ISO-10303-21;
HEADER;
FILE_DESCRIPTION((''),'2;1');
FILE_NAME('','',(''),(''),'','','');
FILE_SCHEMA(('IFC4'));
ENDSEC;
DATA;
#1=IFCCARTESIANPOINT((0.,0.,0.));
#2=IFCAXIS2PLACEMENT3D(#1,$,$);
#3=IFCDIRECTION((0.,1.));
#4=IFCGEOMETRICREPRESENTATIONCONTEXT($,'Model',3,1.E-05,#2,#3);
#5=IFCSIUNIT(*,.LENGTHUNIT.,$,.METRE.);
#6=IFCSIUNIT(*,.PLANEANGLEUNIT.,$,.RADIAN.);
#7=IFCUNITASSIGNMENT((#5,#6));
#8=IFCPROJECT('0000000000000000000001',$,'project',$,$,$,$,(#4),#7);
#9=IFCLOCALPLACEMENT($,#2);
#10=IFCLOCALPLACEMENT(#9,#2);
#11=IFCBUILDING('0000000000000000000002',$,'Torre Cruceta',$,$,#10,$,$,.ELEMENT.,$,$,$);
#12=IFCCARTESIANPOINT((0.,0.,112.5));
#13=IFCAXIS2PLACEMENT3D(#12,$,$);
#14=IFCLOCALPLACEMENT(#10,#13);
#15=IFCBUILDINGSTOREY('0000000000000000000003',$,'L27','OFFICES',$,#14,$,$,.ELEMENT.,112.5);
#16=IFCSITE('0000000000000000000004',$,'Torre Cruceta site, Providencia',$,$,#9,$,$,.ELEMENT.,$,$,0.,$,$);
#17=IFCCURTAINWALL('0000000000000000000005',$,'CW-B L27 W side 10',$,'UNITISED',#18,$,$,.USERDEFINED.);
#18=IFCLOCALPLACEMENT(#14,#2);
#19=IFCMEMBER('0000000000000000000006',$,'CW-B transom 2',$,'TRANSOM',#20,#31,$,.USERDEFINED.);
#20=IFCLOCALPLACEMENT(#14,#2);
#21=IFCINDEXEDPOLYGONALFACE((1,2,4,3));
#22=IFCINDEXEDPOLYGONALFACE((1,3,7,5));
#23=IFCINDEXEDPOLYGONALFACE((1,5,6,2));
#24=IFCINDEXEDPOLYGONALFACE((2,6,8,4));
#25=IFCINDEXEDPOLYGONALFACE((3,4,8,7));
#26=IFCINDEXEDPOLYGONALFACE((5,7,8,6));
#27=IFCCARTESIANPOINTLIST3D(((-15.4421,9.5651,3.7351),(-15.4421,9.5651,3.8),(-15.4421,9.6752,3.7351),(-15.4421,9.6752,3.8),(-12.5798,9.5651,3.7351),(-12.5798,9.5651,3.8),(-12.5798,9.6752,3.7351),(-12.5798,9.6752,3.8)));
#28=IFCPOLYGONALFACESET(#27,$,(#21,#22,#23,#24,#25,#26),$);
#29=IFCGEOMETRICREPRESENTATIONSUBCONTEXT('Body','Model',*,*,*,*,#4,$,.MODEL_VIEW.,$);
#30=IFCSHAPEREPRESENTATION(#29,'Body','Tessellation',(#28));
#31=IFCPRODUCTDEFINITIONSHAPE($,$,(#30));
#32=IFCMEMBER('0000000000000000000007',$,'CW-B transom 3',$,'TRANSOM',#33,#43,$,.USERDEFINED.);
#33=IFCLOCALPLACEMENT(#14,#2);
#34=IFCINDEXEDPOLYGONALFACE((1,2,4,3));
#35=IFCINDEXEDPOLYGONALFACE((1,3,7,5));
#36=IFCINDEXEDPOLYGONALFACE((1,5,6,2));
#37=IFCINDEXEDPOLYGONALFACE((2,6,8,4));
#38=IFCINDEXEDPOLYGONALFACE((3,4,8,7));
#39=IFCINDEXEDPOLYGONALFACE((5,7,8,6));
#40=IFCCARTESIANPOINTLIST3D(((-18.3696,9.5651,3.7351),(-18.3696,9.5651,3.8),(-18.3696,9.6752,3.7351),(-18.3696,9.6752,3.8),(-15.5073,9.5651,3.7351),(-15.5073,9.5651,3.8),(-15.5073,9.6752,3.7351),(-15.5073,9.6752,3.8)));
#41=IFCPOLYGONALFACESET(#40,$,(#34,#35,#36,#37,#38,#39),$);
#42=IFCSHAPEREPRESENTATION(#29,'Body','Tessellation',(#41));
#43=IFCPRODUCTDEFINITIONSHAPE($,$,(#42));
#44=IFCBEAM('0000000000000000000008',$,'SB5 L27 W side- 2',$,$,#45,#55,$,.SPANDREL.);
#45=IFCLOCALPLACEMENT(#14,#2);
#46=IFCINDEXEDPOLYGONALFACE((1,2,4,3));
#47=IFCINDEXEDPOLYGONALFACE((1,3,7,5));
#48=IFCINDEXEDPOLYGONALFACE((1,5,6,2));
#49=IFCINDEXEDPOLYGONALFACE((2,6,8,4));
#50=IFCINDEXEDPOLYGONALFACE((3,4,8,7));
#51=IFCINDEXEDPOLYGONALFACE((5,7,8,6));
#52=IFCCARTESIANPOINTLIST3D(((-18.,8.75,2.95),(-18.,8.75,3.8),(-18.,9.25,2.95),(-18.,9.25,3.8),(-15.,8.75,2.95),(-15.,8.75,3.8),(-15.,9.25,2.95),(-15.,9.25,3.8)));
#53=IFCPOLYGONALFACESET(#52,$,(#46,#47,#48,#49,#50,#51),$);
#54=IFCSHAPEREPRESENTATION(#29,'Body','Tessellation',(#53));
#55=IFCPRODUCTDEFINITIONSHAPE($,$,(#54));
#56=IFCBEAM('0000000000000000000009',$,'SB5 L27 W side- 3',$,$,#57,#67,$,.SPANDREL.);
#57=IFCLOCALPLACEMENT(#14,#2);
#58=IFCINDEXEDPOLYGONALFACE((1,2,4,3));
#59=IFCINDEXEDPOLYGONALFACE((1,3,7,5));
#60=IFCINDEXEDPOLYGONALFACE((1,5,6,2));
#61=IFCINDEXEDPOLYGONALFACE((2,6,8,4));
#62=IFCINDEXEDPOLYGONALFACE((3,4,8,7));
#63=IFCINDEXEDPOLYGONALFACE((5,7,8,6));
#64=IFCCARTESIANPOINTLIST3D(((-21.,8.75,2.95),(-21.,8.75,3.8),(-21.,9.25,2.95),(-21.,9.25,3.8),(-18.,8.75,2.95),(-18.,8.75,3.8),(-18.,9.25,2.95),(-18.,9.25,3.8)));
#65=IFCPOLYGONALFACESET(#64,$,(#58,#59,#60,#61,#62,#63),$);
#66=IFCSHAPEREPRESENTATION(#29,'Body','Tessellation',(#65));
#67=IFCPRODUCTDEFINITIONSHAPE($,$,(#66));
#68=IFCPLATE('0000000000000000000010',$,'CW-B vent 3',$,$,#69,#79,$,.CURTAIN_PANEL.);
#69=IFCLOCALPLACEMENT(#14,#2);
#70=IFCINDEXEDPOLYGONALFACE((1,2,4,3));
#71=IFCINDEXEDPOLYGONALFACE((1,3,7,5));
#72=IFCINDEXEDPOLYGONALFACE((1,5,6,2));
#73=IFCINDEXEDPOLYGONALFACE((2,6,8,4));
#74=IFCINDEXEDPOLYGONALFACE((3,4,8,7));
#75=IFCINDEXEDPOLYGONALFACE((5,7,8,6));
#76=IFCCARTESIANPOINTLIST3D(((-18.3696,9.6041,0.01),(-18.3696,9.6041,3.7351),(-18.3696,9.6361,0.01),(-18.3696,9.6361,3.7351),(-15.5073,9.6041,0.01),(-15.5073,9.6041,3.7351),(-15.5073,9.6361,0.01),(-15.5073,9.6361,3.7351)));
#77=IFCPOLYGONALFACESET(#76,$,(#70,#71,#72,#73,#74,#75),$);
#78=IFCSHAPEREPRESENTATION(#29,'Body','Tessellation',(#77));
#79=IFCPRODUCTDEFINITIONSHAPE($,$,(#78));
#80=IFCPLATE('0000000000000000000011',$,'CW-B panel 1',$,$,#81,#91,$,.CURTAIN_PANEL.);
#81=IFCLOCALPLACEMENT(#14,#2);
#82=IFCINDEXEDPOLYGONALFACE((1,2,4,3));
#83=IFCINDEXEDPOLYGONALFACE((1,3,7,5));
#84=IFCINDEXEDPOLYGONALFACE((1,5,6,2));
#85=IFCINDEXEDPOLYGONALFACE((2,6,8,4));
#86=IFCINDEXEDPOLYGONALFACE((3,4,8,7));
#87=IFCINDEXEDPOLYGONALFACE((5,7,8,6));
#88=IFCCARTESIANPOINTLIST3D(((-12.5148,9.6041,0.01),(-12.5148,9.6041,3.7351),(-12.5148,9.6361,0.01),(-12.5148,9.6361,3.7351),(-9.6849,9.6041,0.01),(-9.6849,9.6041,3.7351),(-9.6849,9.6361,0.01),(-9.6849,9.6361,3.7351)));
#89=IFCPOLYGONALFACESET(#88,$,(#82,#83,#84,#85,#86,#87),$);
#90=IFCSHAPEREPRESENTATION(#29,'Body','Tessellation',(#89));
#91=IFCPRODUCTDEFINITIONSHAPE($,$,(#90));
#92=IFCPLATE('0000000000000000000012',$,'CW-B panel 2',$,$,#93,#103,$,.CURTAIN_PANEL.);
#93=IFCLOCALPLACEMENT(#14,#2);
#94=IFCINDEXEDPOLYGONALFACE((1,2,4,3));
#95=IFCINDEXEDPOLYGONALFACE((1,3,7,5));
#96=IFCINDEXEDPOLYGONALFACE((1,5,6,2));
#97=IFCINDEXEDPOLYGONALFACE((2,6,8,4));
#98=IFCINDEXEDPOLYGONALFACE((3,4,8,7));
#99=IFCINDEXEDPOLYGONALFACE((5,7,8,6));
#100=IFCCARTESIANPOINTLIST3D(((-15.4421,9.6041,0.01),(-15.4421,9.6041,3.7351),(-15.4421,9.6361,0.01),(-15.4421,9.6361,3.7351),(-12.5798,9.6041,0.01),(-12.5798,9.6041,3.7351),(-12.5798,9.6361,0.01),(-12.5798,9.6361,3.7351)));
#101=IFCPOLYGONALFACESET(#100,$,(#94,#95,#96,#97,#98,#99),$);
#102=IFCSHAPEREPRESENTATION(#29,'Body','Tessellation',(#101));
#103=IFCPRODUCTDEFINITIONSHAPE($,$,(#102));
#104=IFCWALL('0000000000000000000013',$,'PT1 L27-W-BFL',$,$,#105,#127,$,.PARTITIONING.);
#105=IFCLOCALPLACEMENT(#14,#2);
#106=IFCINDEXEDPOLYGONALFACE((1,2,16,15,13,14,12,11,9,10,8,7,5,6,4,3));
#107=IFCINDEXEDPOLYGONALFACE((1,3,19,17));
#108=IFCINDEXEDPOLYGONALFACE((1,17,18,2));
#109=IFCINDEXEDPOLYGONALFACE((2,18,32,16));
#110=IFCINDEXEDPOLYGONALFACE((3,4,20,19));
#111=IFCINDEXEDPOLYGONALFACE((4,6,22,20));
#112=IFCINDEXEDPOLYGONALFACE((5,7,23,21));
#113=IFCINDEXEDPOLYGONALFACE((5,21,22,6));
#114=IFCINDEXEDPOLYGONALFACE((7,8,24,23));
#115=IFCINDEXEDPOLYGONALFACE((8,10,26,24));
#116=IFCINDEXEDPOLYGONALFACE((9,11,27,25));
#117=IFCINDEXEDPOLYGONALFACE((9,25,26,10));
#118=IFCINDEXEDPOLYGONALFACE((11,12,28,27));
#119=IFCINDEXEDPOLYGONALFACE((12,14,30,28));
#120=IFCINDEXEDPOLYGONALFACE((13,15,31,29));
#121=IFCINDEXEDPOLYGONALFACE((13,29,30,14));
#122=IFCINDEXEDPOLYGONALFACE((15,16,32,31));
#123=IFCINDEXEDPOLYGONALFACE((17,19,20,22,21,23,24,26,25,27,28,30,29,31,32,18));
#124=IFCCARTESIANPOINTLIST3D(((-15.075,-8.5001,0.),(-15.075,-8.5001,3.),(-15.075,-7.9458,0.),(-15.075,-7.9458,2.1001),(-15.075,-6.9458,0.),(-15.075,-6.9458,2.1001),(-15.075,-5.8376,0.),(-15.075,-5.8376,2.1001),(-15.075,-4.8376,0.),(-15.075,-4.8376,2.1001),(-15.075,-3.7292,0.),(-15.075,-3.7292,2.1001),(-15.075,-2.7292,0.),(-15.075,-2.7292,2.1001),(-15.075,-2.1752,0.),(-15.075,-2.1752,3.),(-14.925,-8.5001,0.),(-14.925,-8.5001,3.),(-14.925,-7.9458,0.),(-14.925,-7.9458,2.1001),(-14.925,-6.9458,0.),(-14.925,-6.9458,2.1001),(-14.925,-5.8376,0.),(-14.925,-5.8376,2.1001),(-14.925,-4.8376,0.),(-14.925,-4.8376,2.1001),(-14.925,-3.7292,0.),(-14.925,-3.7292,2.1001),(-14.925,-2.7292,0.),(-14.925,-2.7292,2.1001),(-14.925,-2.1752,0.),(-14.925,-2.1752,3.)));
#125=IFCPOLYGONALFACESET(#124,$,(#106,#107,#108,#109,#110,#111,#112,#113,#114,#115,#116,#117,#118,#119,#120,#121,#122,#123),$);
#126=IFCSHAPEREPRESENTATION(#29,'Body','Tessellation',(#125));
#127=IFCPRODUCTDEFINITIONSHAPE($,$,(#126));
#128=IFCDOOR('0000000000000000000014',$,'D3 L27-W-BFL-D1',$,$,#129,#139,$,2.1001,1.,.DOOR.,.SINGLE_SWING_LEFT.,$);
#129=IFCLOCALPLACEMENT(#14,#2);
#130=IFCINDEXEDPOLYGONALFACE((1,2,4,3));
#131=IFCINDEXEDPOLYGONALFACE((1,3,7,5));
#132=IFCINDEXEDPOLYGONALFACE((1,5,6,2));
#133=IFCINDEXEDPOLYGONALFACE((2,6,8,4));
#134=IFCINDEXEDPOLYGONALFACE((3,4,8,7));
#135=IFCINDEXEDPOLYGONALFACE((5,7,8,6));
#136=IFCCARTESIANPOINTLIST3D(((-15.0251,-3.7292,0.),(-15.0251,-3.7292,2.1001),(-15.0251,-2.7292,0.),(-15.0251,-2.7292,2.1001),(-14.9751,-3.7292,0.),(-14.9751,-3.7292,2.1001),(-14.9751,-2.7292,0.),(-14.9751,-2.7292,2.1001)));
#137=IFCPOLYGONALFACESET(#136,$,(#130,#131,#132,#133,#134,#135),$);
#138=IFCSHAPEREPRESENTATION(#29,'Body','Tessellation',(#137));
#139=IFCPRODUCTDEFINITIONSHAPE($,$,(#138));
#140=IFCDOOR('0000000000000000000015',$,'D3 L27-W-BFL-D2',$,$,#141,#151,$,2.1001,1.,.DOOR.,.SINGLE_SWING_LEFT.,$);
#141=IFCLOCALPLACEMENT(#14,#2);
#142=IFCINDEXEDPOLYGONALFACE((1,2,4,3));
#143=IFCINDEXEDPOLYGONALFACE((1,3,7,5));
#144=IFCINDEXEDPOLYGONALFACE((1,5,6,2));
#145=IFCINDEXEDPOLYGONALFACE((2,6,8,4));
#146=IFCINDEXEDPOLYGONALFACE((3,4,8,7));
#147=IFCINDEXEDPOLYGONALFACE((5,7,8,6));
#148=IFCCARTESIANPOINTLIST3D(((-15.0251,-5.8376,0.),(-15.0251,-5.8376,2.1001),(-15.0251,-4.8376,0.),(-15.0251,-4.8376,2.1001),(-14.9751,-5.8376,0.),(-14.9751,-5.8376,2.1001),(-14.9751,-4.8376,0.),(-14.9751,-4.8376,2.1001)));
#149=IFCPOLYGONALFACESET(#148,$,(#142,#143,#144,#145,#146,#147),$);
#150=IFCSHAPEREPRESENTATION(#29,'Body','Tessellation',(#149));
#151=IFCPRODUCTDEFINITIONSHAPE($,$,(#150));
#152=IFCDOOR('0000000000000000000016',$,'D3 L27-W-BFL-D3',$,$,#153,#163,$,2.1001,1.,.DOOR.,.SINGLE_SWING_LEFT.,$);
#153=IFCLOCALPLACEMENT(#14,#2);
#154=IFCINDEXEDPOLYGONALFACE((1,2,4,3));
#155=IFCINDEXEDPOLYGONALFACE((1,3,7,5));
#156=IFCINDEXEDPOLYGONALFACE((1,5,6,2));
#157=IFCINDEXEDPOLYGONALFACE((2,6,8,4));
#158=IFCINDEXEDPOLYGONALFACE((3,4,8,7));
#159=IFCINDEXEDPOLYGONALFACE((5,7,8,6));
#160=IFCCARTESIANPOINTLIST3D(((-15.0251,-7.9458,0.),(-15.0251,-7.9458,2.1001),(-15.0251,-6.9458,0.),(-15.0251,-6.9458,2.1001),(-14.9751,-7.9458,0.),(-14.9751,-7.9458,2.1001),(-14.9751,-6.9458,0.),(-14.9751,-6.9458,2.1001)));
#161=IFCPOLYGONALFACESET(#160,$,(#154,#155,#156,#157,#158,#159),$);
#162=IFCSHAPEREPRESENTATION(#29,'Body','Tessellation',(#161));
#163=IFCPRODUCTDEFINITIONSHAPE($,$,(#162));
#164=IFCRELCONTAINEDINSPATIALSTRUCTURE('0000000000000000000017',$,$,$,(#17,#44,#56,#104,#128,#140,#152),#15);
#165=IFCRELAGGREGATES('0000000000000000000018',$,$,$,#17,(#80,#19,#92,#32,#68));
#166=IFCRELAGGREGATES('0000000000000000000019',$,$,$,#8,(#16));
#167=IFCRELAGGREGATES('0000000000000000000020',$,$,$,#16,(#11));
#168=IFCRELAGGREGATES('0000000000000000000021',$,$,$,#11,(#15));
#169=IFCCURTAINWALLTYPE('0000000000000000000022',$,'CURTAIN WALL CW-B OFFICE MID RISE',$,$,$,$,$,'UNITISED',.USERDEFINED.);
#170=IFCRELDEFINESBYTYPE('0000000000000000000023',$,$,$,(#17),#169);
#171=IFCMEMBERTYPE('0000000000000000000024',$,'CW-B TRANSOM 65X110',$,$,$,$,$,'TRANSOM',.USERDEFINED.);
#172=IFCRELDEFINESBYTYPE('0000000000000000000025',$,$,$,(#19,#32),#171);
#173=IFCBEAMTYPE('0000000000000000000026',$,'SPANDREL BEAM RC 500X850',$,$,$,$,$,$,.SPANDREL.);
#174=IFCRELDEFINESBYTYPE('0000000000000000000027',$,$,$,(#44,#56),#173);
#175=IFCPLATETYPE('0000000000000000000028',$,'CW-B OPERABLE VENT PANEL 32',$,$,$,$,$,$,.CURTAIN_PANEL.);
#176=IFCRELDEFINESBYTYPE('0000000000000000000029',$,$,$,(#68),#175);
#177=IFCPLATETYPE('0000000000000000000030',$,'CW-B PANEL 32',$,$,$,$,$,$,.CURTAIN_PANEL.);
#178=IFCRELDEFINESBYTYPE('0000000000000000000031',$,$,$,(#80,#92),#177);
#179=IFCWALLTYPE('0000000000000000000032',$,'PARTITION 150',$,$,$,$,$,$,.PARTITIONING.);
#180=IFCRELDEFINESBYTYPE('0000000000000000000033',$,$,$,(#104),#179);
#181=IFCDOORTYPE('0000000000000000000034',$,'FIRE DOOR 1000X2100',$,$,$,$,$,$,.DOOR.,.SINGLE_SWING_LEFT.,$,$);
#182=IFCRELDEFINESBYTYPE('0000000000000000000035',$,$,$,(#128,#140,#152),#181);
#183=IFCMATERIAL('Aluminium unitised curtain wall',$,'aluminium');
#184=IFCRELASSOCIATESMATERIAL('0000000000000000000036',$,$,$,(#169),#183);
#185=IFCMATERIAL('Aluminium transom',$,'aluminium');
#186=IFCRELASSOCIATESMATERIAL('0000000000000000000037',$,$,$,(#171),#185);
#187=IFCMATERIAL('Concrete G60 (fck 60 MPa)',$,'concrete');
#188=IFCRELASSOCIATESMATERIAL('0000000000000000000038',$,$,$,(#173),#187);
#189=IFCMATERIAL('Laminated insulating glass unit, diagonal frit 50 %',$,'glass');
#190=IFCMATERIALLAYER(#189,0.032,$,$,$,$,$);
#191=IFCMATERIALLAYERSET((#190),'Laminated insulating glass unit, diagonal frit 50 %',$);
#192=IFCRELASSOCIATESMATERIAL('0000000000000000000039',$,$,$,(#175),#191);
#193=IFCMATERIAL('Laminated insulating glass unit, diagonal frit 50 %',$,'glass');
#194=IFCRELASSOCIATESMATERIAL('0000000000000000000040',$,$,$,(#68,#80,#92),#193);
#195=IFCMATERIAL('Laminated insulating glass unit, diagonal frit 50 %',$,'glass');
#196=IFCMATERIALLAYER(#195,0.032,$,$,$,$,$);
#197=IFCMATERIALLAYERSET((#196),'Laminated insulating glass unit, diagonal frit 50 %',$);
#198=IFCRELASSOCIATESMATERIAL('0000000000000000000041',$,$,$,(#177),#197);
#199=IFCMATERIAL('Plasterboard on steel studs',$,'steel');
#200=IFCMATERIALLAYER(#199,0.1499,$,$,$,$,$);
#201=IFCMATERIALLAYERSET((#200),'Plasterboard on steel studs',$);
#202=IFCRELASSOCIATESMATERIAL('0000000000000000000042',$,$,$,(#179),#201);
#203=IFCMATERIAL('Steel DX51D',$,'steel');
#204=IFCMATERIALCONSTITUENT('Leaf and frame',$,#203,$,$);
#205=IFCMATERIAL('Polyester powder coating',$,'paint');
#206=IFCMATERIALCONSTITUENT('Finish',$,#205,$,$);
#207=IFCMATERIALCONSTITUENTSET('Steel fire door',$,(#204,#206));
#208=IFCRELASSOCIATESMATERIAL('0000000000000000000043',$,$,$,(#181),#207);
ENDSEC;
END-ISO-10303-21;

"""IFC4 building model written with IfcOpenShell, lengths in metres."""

from ifc_helpers import new_model, si_unit, direction, frame, frame_2d, origin, origin_2d, place, context, subcontext, project, spatial, rectangle, extrude, material, layer, layer_set, constituent, constituent_set, material_profile, profile_set, type_object, element, fill, aggregate, save


model = new_model("IFC4")

# Units and contexts
model_context = context("Model", 3, precision=1e-05, world=origin(), true_north=direction((0.0, 1.0)))
body_context = subcontext(model_context, "Body", "Model", "MODEL_VIEW")
ifc_project = project(units=[si_unit("LENGTHUNIT", "METRE"), si_unit("PLANEANGLEUNIT", "RADIAN")], contexts=[model_context])

# Site, building, storey
site_placement = place(None, origin())
site = spatial("IfcSite", under=ifc_project, at=site_placement, Name="Torre Cruceta site, Providencia", CompositionType="ELEMENT", RefElevation=0.0)
building_placement = place(site_placement, origin())
building = spatial("IfcBuilding", under=site, at=building_placement, Name="Torre Cruceta", CompositionType="ELEMENT")
storey_placement = place(building_placement, frame((0.0, 0.0, 112.5)))
storey = spatial("IfcBuildingStorey", under=building, at=storey_placement, Name="L27", Description="OFFICES", CompositionType="ELEMENT", Elevation=112.5)

# Curtain wall, members
ifc_material_1 = material(Name="Aluminium unitised curtain wall", Category="aluminium")
curtain_wall_type = type_object("IfcCurtainWallType", Name="CURTAIN WALL CW-B OFFICE MID RISE", ElementType="UNITISED", PredefinedType="USERDEFINED", material=ifc_material_1)
curtain_wall_placement = place(storey_placement, origin())
curtain_wall = element("IfcCurtainWall", 1, at=curtain_wall_placement, inside=storey, type_object=curtain_wall_type, Name="CW-B L27 W side 10", ObjectType="UNITISED", PredefinedType="USERDEFINED")
ifc_material_2 = material(Name="Aluminium transom", Category="aluminium")
ifc_material_profile_1 = material_profile(ifc_material_2, rectangle(XDim=0.1101, YDim=0.0649, at=origin_2d()), Name="AL 110X65")
ifc_profile_set_1 = profile_set([ifc_material_profile_1], Name="Aluminium transom")
member_type_1 = type_object("IfcMemberType", Name="CW-B TRANSOM 65X110", ElementType="TRANSOM", PredefinedType="USERDEFINED", material=ifc_profile_set_1)
member_1_placement = place(storey_placement, frame((-12.5798, 9.6201, 3.7676), z_axis=(-1.0, 0.0, 0.0), x_axis=(0.0, -1.0, 0.0)))
member_1 = element("IfcMember", 2, at=member_1_placement, type_object=member_type_1, Name="CW-B transom 2", ObjectType="TRANSOM", PredefinedType="USERDEFINED", context=body_context, shape_type="SweptSolid", body=[
    extrude(rectangle(XDim=0.1101, YDim=0.0649, at=origin_2d()), origin(), (0.0, 0.0, 1.0), 2.8623),
])
member_2_placement = place(storey_placement, frame((-15.5073, 9.6201, 3.7676), z_axis=(-1.0, 0.0, 0.0), x_axis=(0.0, -1.0, 0.0)))
member_2 = element("IfcMember", 3, at=member_2_placement, type_object=member_type_1, Name="CW-B transom 3", ObjectType="TRANSOM", PredefinedType="USERDEFINED", context=body_context, shape_type="SweptSolid", body=[
    extrude(rectangle(XDim=0.1101, YDim=0.0649, at=origin_2d()), origin(), (0.0, 0.0, 1.0), 2.8623),
])

# Beams
ifc_material_3 = material(Name="Concrete G60 (fck 60 MPa)", Category="concrete")
ifc_material_profile_2 = material_profile(ifc_material_3, rectangle(XDim=0.5, YDim=0.8501, at=origin_2d()), Name="RC 500X850")
ifc_profile_set_2 = profile_set([ifc_material_profile_2], Name="Concrete G60 (fck 60 MPa)")
beam_type_1 = type_object("IfcBeamType", Name="SPANDREL BEAM RC 500X850", PredefinedType="SPANDREL", material=ifc_profile_set_2)
for number, where, z_axis, x_axis, name in (
    (4, (-15.0, 9.0, 3.375), (-1.0, 0.0, 0.0), (0.0, -1.0, 0.0), "SB5 L27 W side- 2"),
    (5, (-18.0, 9.0, 3.375), (-1.0, 0.0, 0.0), (0.0, -1.0, 0.0), "SB5 L27 W side- 3"),
):
    element("IfcBeam", number, at=place(storey_placement, frame(where, z_axis=z_axis, x_axis=x_axis)), inside=storey, type_object=beam_type_1, Name=name, PredefinedType="SPANDREL", context=body_context, shape_type="SweptSolid", body=[
        extrude(rectangle(XDim=0.5, YDim=0.8501, at=origin_2d()), origin(), (0.0, 0.0, 1.0), 3.0),
    ])

# Plates
ifc_material_4 = material(Name="Laminated insulating glass unit, diagonal frit 50 %", Category="glass")
ifc_material_5 = material(Name="Laminated insulating glass unit, diagonal frit 50 %", Category="glass")
ifc_layer_1 = layer(ifc_material_5, 0.032)
ifc_layer_set_1 = layer_set([ifc_layer_1], Name="Laminated insulating glass unit, diagonal frit 50 %")
plate_type_1 = type_object("IfcPlateType", Name="CW-B OPERABLE VENT PANEL 32", PredefinedType="CURTAIN_PANEL", material=ifc_layer_set_1)
plate_1_placement = place(storey_placement, frame((-16.9385, 9.6201, 0.01), z_axis=(0.0, 0.0, 1.0), x_axis=(-1.0, 0.0, 0.0)))
plate_1 = element("IfcPlate", 6, at=plate_1_placement, type_object=plate_type_1, material=ifc_material_4, Name="CW-B vent 3", PredefinedType="CURTAIN_PANEL", context=body_context, shape_type="SweptSolid", body=[
    extrude(rectangle(XDim=2.8623, YDim=0.032, at=origin_2d()), origin(), (0.0, 0.0, 1.0), 3.7251),
])
ifc_material_6 = material(Name="Laminated insulating glass unit, diagonal frit 50 %", Category="glass")
ifc_layer_2 = layer(ifc_material_6, 0.032)
ifc_layer_set_2 = layer_set([ifc_layer_2], Name="Laminated insulating glass unit, diagonal frit 50 %")
plate_type_2 = type_object("IfcPlateType", Name="CW-B PANEL 32", PredefinedType="CURTAIN_PANEL", material=ifc_layer_set_2)
plate_2_placement = place(storey_placement, frame((-11.0999, 9.6201, 0.01), z_axis=(0.0, 0.0, 1.0), x_axis=(-1.0, 0.0, 0.0)))
plate_2 = element("IfcPlate", 7, at=plate_2_placement, type_object=plate_type_2, material=ifc_material_4, Name="CW-B panel 1", PredefinedType="CURTAIN_PANEL", context=body_context, shape_type="SweptSolid", body=[
    extrude(rectangle(XDim=2.8298, YDim=0.032, at=origin_2d()), origin(), (0.0, 0.0, 1.0), 3.7251),
])
plate_3_placement = place(storey_placement, frame((-14.011, 9.6201, 0.01), z_axis=(0.0, 0.0, 1.0), x_axis=(-1.0, 0.0, 0.0)))
plate_3 = element("IfcPlate", 8, at=plate_3_placement, type_object=plate_type_2, material=ifc_material_4, Name="CW-B panel 2", PredefinedType="CURTAIN_PANEL", context=body_context, shape_type="SweptSolid", body=[
    extrude(rectangle(XDim=2.8623, YDim=0.032, at=origin_2d()), origin(), (0.0, 0.0, 1.0), 3.7251),
])
aggregate(curtain_wall, [plate_2, member_1, plate_3, member_2, plate_1])

# Wall, openings, doors
ifc_material_7 = material(Name="Plasterboard on steel studs", Category="steel")
ifc_layer_3 = layer(ifc_material_7, 0.1499)
ifc_layer_set_3 = layer_set([ifc_layer_3], Name="Plasterboard on steel studs")
wall_type = type_object("IfcWallType", Name="PARTITION 150", PredefinedType="PARTITIONING", material=ifc_layer_set_3)
wall_1_placement = place(storey_placement, frame((-15.0, -2.175, 0.0), z_axis=(0.0, 0.0, 1.0), x_axis=(0.0, -1.0, 0.0)))
wall_1 = element("IfcWall", 9, at=wall_1_placement, inside=storey, type_object=wall_type, Name="PT1 L27-W-BFL", PredefinedType="PARTITIONING", context=body_context, shape_type="SweptSolid", body=[
    extrude(rectangle(XDim=6.325, YDim=0.1499, at=frame_2d((3.1626, 0.0))), origin(), (0.0, 0.0, 1.0), 3.0),
])
opening_1_placement = place(wall_1_placement, frame((0.5542, 0.0, 0.0)))
opening_1 = element("IfcOpeningElement", 10, at=opening_1_placement, cuts=wall_1, PredefinedType="OPENING", context=body_context, shape_type="SweptSolid", body=[
    extrude(rectangle(XDim=1.0, YDim=2.1001, at=frame_2d((0.5, 1.05))), frame((0.0, 0.085, 0.0), z_axis=(0.0, -1.0, 0.0), x_axis=(1.0, 0.0, 0.0)), (0.0, 0.0, 1.0), 0.1699),
])
opening_2_placement = place(wall_1_placement, frame((2.6626, 0.0, 0.0)))
opening_2 = element("IfcOpeningElement", 11, at=opening_2_placement, cuts=wall_1, PredefinedType="OPENING", context=body_context, shape_type="SweptSolid", body=[
    extrude(rectangle(XDim=1.0, YDim=2.1001, at=frame_2d((0.5, 1.05))), frame((0.0, 0.085, 0.0), z_axis=(0.0, -1.0, 0.0), x_axis=(1.0, 0.0, 0.0)), (0.0, 0.0, 1.0), 0.1699),
])
opening_3_placement = place(wall_1_placement, frame((4.7708, 0.0, 0.0)))
opening_3 = element("IfcOpeningElement", 12, at=opening_3_placement, cuts=wall_1, PredefinedType="OPENING", context=body_context, shape_type="SweptSolid", body=[
    extrude(rectangle(XDim=1.0, YDim=2.1001, at=frame_2d((0.5, 1.05))), frame((0.0, 0.085, 0.0), z_axis=(0.0, -1.0, 0.0), x_axis=(1.0, 0.0, 0.0)), (0.0, 0.0, 1.0), 0.1699),
])
ifc_material_8 = material(Name="Steel DX51D", Category="steel")
ifc_constituent_1 = constituent(ifc_material_8, Name="Leaf and frame")
ifc_material_9 = material(Name="Polyester powder coating", Category="paint")
ifc_constituent_2 = constituent(ifc_material_9, Name="Finish")
ifc_constituent_set = constituent_set(constituents=[ifc_constituent_1, ifc_constituent_2], Name="Steel fire door")
door_type = type_object("IfcDoorType", Name="FIRE DOOR 1000X2100", OperationType="SINGLE_SWING_LEFT", PredefinedType="DOOR", material=ifc_constituent_set)
door_1_placement = place(opening_1_placement, origin())
door_1 = element("IfcDoor", 13, at=door_1_placement, inside=storey, type_object=door_type, Name="D3 L27-W-BFL-D1", OperationType="SINGLE_SWING_LEFT", OverallHeight=2.1001, OverallWidth=1.0, PredefinedType="DOOR", context=body_context, shape_type="SweptSolid", body=[
    extrude(rectangle(XDim=1.0, YDim=2.1001, at=frame_2d((0.5, 1.05))), frame((0.0, 0.0249, 0.0), z_axis=(0.0, -1.0, 0.0), x_axis=(1.0, 0.0, 0.0)), (0.0, 0.0, 1.0), 0.05),
])
fill(opening_1, door_1)
door_2_placement = place(opening_2_placement, origin())
door_2 = element("IfcDoor", 14, at=door_2_placement, inside=storey, type_object=door_type, Name="D3 L27-W-BFL-D2", OperationType="SINGLE_SWING_LEFT", OverallHeight=2.1001, OverallWidth=1.0, PredefinedType="DOOR", context=body_context, shape_type="SweptSolid", body=[
    extrude(rectangle(XDim=1.0, YDim=2.1001, at=frame_2d((0.5, 1.05))), frame((0.0, 0.0249, 0.0), z_axis=(0.0, -1.0, 0.0), x_axis=(1.0, 0.0, 0.0)), (0.0, 0.0, 1.0), 0.05),
])
fill(opening_2, door_2)
door_3_placement = place(opening_3_placement, origin())
door_3 = element("IfcDoor", 15, at=door_3_placement, inside=storey, type_object=door_type, Name="D3 L27-W-BFL-D3", OperationType="SINGLE_SWING_LEFT", OverallHeight=2.1001, OverallWidth=1.0, PredefinedType="DOOR", context=body_context, shape_type="SweptSolid", body=[
    extrude(rectangle(XDim=1.0, YDim=2.1001, at=frame_2d((0.5, 1.05))), frame((0.0, 0.0249, 0.0), z_axis=(0.0, -1.0, 0.0), x_axis=(1.0, 0.0, 0.0)), (0.0, 0.0, 1.0), 0.05),
])
fill(opening_3, door_3)

save(model, "model.ifc")
